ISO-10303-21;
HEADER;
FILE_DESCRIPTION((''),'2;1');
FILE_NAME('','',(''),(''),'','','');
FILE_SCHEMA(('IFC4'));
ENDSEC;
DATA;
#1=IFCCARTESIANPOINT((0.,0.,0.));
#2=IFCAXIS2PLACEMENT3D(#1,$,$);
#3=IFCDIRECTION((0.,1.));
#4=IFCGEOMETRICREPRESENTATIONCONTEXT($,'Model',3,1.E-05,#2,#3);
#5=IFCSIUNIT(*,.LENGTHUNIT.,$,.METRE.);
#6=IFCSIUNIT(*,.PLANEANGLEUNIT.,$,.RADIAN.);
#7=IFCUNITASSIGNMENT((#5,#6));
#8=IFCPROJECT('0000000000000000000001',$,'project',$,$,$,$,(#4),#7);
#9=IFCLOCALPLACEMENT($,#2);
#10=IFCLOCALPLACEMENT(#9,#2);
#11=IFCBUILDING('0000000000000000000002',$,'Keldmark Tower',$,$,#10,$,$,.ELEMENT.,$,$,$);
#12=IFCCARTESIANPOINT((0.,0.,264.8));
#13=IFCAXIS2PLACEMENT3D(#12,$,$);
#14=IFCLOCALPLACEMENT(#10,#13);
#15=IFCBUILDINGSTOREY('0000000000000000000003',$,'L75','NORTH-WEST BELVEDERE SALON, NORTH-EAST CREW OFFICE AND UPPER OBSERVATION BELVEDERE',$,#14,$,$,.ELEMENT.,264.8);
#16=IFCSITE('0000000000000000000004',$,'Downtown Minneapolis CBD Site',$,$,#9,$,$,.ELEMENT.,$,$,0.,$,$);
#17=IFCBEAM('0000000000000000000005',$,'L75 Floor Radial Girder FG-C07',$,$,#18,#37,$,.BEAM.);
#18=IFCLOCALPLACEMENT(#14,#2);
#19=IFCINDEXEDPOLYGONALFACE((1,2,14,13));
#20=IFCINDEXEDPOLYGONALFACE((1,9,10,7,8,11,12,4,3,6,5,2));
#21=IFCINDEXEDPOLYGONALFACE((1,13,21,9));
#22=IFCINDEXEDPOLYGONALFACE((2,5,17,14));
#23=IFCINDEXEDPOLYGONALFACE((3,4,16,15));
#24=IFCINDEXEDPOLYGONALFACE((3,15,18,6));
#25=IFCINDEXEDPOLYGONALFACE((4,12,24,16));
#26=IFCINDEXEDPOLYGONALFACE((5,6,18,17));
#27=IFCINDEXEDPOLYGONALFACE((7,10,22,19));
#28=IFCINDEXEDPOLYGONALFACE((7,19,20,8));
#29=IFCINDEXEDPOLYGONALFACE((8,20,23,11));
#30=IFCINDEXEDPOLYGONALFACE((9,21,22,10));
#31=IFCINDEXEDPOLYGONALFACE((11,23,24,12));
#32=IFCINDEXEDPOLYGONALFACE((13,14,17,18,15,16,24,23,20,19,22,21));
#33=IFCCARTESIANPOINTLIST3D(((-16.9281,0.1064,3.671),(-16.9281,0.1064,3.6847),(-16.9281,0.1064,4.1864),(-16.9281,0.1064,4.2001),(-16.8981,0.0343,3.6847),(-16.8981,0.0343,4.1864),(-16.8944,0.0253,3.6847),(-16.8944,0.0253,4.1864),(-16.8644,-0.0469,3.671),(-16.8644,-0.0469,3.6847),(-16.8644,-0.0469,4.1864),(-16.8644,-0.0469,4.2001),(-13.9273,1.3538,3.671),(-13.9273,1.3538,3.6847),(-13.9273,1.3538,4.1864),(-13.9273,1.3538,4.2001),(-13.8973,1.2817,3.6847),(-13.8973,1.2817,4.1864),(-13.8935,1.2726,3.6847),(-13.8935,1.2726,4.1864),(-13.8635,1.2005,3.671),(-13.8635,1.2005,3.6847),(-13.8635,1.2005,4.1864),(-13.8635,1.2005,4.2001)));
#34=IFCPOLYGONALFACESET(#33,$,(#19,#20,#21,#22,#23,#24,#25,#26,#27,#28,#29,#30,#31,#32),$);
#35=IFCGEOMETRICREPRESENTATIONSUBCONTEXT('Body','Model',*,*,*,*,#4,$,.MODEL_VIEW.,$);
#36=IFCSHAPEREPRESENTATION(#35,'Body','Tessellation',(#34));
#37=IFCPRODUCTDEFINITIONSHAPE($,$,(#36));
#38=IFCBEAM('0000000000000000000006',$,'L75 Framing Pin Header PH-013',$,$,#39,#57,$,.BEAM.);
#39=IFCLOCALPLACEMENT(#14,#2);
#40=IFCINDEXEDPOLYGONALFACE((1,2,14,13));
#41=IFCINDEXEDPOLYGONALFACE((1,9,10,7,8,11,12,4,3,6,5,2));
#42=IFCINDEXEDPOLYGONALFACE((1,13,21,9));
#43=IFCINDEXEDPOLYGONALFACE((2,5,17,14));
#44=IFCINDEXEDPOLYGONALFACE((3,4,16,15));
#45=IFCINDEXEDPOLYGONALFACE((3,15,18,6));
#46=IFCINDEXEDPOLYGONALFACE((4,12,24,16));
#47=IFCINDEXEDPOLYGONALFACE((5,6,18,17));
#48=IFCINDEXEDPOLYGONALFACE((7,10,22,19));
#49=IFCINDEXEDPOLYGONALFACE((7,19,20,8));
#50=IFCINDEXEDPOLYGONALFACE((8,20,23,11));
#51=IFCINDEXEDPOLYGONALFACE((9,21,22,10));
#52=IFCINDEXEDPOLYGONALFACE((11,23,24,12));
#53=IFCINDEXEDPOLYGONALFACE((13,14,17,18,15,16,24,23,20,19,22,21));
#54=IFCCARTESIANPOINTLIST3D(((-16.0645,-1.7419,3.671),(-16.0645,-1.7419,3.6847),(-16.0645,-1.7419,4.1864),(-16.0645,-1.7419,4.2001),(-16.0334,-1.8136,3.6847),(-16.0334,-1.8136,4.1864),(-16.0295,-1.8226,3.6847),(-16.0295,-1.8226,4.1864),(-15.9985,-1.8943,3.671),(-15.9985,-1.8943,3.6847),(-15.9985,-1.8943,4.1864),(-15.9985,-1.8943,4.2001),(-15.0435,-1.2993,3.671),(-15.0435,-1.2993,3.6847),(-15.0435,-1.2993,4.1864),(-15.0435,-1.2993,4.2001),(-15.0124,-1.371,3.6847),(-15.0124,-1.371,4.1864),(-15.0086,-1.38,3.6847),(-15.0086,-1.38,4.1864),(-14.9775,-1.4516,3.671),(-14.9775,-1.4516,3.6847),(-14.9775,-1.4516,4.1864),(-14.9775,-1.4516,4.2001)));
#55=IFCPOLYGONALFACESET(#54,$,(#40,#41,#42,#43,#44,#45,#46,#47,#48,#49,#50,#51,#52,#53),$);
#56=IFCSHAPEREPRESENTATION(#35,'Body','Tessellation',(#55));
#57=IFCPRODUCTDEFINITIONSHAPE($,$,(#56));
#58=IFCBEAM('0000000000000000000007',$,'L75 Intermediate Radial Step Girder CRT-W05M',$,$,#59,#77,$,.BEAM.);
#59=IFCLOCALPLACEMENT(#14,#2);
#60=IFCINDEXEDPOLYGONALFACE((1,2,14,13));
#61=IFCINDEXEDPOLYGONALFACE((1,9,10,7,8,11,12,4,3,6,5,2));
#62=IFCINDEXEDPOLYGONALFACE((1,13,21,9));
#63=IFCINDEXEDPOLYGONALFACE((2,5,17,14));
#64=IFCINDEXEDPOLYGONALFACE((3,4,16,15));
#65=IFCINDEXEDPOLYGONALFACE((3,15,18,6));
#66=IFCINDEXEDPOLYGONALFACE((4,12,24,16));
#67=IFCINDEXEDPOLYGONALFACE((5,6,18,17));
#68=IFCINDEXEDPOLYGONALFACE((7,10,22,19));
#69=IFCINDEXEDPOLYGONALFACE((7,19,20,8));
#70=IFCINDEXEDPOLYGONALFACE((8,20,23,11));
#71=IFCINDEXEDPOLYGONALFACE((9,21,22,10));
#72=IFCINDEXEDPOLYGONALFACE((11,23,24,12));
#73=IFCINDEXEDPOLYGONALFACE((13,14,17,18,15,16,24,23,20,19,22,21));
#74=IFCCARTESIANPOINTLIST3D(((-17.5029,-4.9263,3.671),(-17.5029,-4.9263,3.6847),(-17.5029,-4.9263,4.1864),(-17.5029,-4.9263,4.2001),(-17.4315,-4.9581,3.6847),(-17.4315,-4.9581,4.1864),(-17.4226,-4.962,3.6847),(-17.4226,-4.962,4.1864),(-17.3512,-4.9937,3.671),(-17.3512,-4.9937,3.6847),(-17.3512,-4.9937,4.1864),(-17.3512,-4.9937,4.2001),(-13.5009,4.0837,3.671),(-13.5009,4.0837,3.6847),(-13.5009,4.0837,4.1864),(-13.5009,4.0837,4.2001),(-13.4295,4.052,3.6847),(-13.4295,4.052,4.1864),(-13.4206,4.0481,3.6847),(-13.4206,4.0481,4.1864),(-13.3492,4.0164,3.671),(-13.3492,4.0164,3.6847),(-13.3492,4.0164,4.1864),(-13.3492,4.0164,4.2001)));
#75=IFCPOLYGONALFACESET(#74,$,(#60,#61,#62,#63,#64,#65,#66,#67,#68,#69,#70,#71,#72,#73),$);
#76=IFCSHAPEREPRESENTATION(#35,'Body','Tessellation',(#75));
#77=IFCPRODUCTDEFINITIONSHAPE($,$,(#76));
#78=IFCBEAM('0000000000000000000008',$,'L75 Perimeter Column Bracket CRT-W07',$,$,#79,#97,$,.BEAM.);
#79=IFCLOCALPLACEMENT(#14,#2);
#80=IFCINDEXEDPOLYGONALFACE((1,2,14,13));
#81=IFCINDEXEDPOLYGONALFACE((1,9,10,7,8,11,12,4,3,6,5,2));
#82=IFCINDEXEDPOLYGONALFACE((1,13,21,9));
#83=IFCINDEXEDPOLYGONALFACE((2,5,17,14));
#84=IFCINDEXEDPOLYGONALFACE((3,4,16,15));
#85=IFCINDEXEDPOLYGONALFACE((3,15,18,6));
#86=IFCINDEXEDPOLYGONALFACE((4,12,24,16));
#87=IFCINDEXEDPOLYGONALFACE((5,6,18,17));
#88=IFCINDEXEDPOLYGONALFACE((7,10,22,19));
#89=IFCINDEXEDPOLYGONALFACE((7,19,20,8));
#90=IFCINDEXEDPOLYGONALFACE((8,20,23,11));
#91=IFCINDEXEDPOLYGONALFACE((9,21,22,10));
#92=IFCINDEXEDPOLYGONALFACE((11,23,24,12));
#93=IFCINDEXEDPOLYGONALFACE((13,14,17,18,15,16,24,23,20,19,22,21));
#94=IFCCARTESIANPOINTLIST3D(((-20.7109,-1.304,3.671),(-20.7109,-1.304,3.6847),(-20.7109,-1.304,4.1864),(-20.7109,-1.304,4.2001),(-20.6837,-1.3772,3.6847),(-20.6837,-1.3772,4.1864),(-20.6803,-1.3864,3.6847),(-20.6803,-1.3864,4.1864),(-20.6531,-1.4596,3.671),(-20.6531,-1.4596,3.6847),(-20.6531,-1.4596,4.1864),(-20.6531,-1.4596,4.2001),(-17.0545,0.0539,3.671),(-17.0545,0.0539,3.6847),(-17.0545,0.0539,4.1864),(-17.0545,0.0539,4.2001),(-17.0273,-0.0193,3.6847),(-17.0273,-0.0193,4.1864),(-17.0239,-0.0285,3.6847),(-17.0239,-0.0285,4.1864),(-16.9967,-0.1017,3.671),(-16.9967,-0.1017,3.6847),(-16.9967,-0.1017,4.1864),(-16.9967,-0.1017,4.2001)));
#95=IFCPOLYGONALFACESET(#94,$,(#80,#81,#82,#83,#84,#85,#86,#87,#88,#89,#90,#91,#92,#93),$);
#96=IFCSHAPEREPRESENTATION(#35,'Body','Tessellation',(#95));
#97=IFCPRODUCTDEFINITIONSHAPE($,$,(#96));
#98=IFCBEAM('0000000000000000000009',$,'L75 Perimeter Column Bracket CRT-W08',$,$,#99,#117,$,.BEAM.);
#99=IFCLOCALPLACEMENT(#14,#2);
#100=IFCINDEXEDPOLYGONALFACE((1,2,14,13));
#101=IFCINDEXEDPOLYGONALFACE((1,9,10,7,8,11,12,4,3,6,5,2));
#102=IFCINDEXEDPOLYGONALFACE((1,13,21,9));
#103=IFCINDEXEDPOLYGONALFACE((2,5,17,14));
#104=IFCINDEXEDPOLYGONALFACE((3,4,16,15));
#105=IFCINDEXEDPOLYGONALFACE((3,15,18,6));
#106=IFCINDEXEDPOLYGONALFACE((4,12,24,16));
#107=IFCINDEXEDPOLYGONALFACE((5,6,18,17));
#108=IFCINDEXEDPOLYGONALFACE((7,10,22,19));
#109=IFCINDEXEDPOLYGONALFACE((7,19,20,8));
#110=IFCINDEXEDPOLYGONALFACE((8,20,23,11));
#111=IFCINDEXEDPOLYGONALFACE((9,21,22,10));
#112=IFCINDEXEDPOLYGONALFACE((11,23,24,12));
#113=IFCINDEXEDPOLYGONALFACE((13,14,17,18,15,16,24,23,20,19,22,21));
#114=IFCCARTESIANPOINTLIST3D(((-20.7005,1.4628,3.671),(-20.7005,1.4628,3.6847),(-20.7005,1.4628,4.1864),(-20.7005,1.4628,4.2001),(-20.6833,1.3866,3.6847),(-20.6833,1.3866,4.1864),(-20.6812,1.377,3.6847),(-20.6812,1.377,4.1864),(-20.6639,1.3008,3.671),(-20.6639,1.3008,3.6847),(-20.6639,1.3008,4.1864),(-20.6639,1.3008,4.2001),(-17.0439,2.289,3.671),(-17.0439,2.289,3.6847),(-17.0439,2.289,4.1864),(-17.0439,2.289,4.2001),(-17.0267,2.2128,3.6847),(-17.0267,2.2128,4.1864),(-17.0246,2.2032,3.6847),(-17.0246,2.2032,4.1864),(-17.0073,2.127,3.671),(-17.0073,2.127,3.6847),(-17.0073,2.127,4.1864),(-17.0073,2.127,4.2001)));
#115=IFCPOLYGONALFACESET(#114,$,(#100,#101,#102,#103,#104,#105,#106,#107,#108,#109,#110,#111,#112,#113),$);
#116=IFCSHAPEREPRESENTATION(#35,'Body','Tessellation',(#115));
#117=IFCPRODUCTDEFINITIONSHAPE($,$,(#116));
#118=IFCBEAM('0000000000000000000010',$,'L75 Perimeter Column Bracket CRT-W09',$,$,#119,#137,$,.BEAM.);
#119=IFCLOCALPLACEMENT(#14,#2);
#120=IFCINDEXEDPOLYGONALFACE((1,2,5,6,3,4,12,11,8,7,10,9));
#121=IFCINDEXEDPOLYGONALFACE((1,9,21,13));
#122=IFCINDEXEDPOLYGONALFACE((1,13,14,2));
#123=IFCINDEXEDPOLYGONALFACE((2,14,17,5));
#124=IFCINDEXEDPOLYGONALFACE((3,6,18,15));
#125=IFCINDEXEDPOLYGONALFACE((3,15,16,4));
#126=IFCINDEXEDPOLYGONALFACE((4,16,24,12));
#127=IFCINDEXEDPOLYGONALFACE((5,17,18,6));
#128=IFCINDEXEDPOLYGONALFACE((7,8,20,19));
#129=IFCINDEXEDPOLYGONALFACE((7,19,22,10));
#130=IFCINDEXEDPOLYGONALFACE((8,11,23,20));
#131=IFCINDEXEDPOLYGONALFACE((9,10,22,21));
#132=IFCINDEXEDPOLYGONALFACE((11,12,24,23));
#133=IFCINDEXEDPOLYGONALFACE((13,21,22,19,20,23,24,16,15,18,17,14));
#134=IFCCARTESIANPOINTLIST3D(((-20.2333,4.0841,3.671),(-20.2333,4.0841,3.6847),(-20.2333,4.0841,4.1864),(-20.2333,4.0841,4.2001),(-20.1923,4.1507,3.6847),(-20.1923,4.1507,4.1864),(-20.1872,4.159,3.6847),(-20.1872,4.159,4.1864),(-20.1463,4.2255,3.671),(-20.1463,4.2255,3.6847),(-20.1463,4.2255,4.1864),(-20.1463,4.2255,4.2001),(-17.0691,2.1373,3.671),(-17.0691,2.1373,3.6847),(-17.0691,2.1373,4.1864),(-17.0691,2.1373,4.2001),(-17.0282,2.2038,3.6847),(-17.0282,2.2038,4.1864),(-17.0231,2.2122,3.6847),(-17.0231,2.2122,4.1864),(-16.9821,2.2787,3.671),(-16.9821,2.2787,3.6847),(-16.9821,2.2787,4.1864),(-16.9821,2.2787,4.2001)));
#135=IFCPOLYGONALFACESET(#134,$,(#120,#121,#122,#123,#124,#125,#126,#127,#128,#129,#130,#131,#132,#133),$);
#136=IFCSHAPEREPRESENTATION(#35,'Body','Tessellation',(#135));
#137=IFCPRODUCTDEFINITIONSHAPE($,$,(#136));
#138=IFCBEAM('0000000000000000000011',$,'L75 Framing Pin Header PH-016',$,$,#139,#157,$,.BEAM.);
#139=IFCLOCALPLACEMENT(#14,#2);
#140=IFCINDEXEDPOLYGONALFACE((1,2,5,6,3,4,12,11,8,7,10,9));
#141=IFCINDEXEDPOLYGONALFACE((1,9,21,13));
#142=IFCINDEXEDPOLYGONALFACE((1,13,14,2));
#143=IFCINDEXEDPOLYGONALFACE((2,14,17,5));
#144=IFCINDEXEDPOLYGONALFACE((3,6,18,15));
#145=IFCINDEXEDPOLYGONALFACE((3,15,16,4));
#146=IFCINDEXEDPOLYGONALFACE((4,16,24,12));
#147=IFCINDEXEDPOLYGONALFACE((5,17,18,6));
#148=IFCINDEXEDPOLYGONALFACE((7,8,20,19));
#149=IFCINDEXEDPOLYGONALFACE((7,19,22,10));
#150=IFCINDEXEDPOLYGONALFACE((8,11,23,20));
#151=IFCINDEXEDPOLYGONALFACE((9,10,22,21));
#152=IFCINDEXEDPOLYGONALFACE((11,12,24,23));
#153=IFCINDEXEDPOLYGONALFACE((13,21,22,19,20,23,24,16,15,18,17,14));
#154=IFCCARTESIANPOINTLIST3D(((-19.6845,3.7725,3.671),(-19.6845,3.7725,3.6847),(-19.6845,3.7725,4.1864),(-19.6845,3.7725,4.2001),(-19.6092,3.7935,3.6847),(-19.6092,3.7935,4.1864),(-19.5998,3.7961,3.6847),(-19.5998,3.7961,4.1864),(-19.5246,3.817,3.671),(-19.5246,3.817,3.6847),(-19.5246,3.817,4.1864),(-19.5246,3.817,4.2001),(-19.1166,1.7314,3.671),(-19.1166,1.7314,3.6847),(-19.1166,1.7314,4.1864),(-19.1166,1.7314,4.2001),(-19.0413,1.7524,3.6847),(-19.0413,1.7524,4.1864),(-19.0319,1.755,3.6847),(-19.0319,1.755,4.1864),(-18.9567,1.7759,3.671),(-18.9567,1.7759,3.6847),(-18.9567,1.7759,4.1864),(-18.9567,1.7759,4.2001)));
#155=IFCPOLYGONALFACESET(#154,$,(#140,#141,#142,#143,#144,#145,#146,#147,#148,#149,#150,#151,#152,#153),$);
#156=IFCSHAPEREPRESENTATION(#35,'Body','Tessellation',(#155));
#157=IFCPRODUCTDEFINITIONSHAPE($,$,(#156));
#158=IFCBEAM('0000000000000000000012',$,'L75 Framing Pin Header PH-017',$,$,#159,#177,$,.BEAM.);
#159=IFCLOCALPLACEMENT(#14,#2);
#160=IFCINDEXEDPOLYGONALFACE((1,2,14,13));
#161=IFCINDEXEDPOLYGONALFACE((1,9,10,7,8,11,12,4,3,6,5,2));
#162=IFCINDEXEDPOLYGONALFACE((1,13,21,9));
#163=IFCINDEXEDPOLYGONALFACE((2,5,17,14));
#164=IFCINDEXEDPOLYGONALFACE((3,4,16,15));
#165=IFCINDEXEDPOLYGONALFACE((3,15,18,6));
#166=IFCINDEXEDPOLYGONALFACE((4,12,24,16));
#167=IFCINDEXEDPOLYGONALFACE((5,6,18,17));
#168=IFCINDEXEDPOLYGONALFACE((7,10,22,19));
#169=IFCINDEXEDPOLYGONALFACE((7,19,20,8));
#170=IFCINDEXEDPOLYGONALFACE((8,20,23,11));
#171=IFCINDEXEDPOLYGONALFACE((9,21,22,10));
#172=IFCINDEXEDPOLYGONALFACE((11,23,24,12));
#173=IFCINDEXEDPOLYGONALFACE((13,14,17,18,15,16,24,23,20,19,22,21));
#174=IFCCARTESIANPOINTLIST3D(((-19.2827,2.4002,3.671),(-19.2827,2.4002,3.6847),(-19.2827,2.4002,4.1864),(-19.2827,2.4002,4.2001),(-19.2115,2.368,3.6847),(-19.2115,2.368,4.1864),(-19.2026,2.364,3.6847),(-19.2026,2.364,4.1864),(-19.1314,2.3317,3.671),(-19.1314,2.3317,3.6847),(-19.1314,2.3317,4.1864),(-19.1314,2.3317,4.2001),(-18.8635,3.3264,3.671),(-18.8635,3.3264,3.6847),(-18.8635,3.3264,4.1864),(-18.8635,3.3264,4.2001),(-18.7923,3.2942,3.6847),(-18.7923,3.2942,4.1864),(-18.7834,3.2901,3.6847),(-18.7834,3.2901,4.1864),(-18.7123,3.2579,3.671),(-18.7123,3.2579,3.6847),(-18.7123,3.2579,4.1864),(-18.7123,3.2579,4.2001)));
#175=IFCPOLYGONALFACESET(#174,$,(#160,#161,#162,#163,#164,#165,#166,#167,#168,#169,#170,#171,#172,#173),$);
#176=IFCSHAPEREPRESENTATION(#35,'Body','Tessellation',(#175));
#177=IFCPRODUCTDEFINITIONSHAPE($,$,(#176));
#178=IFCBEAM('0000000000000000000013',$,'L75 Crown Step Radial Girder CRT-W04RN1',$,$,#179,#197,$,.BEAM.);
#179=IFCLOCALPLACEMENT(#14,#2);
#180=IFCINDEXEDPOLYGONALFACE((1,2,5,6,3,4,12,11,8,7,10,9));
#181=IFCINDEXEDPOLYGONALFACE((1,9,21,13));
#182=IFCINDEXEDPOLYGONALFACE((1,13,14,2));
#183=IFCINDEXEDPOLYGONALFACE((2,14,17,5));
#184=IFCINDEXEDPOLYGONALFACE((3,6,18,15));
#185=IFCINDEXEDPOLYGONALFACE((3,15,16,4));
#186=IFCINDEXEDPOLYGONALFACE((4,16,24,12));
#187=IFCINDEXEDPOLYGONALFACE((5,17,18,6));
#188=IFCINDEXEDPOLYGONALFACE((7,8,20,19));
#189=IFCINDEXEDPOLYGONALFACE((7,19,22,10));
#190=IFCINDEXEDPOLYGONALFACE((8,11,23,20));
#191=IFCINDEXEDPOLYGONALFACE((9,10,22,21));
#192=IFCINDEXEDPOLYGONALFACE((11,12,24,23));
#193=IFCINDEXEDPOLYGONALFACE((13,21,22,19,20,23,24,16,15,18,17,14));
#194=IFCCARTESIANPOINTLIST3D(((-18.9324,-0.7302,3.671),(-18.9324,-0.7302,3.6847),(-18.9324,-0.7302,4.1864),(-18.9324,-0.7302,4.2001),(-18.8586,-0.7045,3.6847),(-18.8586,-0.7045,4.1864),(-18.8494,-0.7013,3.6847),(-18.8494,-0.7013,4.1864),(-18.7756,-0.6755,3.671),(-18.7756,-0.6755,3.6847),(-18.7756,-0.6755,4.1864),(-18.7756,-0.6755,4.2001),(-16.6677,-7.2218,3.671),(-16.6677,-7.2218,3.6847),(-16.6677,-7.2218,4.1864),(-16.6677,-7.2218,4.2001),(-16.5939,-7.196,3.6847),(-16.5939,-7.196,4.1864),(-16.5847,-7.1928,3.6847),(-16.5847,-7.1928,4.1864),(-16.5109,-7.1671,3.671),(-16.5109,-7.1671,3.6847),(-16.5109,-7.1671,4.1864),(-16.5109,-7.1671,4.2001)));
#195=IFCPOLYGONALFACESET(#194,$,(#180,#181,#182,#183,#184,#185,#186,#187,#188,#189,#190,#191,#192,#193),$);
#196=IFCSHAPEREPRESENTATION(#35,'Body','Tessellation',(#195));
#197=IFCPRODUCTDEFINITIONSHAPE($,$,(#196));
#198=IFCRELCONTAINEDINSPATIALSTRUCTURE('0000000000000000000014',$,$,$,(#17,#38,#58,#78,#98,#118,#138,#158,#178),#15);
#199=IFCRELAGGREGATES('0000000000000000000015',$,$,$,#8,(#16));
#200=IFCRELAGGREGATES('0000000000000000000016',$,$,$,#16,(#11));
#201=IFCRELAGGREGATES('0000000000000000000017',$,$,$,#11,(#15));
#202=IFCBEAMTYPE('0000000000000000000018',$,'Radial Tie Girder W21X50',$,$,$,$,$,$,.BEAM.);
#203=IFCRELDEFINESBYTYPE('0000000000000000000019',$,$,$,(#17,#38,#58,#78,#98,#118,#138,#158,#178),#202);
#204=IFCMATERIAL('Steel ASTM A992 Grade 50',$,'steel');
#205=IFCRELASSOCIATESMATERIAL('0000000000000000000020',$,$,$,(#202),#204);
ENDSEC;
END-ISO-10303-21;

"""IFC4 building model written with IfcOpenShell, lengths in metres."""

from ifc_helpers import new_model, si_unit, direction, frame, origin, origin_2d, place, context, subcontext, project, spatial, i_section, extrude, material, material_profile, profile_set, type_object, element, save


model = new_model("IFC4")

# Units and contexts
model_context = context("Model", 3, precision=1e-05, world=origin(), true_north=direction((0.0, 1.0)))
body_context = subcontext(model_context, "Body", "Model", "MODEL_VIEW")
ifc_project = project(units=[si_unit("LENGTHUNIT", "METRE"), si_unit("PLANEANGLEUNIT", "RADIAN")], contexts=[model_context])

# Site, building, storey
site_placement = place(None, origin())
site = spatial("IfcSite", under=ifc_project, at=site_placement, Name="Downtown Minneapolis CBD Site", CompositionType="ELEMENT", RefElevation=0.0)
building_placement = place(site_placement, origin())
building = spatial("IfcBuilding", under=site, at=building_placement, Name="Keldmark Tower", CompositionType="ELEMENT")
storey_placement = place(building_placement, frame((0.0, 0.0, 264.8)))
storey = spatial("IfcBuildingStorey", under=building, at=storey_placement, Name="L75", Description="NORTH-WEST BELVEDERE SALON, NORTH-EAST CREW OFFICE AND UPPER OBSERVATION BELVEDERE", CompositionType="ELEMENT", Elevation=264.8)

# Beams
ifc_material_1 = material(Name="Steel ASTM A992 Grade 50", Category="steel")
ifc_material_profile_1 = material_profile(ifc_material_1, i_section(OverallWidth=0.166, OverallDepth=0.5291, WebThickness=0.0098, FlangeThickness=0.0137, at=origin_2d()), Name="W21X50")
ifc_profile_set_1 = profile_set([ifc_material_profile_1], Name="Steel ASTM A992 Grade 50")
beam_type_1 = type_object("IfcBeamType", Name="Radial Tie Girder W21X50", PredefinedType="BEAM", material=ifc_profile_set_1)
beam_1_placement = place(storey_placement, frame((-16.8962, 0.0298, 3.9355), z_axis=(0.923403, 0.383831, 0.0), x_axis=(-0.383831, 0.923403, 0.0)))
element("IfcBeam", 1, at=beam_1_placement, inside=storey, type_object=beam_type_1, Name="L75 Floor Radial Girder FG-C07", PredefinedType="BEAM", context=body_context, shape_type="SweptSolid", body=[
    extrude(i_section(OverallWidth=0.166, OverallDepth=0.5291, WebThickness=0.0098, FlangeThickness=0.0137, at=origin_2d()), origin(), (0.0, 0.0, 1.0), 3.2498),
])
beam_2_placement = place(storey_placement, frame((-15.0105, -1.3755, 3.9355), z_axis=(-0.917492, -0.397755, 0.0), x_axis=(0.397755, -0.917492, 0.0)))
element("IfcBeam", 2, at=beam_2_placement, inside=storey, type_object=beam_type_1, Name="L75 Framing Pin Header PH-013", PredefinedType="BEAM", context=body_context, shape_type="SweptSolid", body=[
    extrude(i_section(OverallWidth=0.166, OverallDepth=0.5291, WebThickness=0.0098, FlangeThickness=0.0137, at=origin_2d()), origin(), (0.0, 0.0, 1.0), 1.1128),
])
beam_3_placement = place(storey_placement, frame((-13.425, 4.05, 3.9355), z_axis=(-0.405927, -0.913905, 0.0), x_axis=(0.913905, -0.405927, 0.0)))
element("IfcBeam", 3, at=beam_3_placement, inside=storey, type_object=beam_type_1, Name="L75 Intermediate Radial Step Girder CRT-W05M", PredefinedType="BEAM", context=body_context, shape_type="SweptSolid", body=[
    extrude(i_section(OverallWidth=0.166, OverallDepth=0.5291, WebThickness=0.0098, FlangeThickness=0.0137, at=origin_2d()), origin(), (0.0, 0.0, 1.0), 9.8589),
])
beam_4_placement = place(storey_placement, frame((-17.0256, -0.0239, 3.9355), z_axis=(-0.937443, -0.348138, 0.0), x_axis=(0.348138, -0.937443, 0.0)))
element("IfcBeam", 4, at=beam_4_placement, inside=storey, type_object=beam_type_1, Name="L75 Perimeter Column Bracket CRT-W07", PredefinedType="BEAM", context=body_context, shape_type="SweptSolid", body=[
    extrude(i_section(OverallWidth=0.166, OverallDepth=0.5291, WebThickness=0.0098, FlangeThickness=0.0137, at=origin_2d()), origin(), (0.0, 0.0, 1.0), 3.9004),
])
beam_5_placement = place(storey_placement, frame((-17.0256, 2.208, 3.9355), z_axis=(-0.975412, -0.220391, 0.0), x_axis=(0.220391, -0.975412, 0.0)))
element("IfcBeam", 5, at=beam_5_placement, inside=storey, type_object=beam_type_1, Name="L75 Perimeter Column Bracket CRT-W08", PredefinedType="BEAM", context=body_context, shape_type="SweptSolid", body=[
    extrude(i_section(OverallWidth=0.166, OverallDepth=0.5291, WebThickness=0.0098, FlangeThickness=0.0137, at=origin_2d()), origin(), (0.0, 0.0, 1.0), 3.7488),
])
beam_6_placement = place(storey_placement, frame((-17.0256, 2.208, 3.9355), z_axis=(-0.851699, 0.524031, 0.0), x_axis=(-0.524031, -0.851699, 0.0)))
element("IfcBeam", 6, at=beam_6_placement, inside=storey, type_object=beam_type_1, Name="L75 Perimeter Column Bracket CRT-W09", PredefinedType="BEAM", context=body_context, shape_type="SweptSolid", body=[
    extrude(i_section(OverallWidth=0.166, OverallDepth=0.5291, WebThickness=0.0098, FlangeThickness=0.0137, at=origin_2d()), origin(), (0.0, 0.0, 1.0), 3.7151),
])
beam_7_placement = place(storey_placement, frame((-19.0366, 1.7537, 3.9355), z_axis=(-0.268048, 0.963406, 0.0), x_axis=(-0.963406, -0.268048, 0.0)))
element("IfcBeam", 7, at=beam_7_placement, inside=storey, type_object=beam_type_1, Name="L75 Framing Pin Header PH-016", PredefinedType="BEAM", context=body_context, shape_type="SweptSolid", body=[
    extrude(i_section(OverallWidth=0.166, OverallDepth=0.5291, WebThickness=0.0098, FlangeThickness=0.0137, at=origin_2d()), origin(), (0.0, 0.0, 1.0), 2.1187),
])
beam_8_placement = place(storey_placement, frame((-19.207, 2.366, 3.9355), z_axis=(0.412301, 0.911048, 0.0), x_axis=(-0.911048, 0.412301, 0.0)))
element("IfcBeam", 8, at=beam_8_placement, inside=storey, type_object=beam_type_1, Name="L75 Framing Pin Header PH-017", PredefinedType="BEAM", context=body_context, shape_type="SweptSolid", body=[
    extrude(i_section(OverallWidth=0.166, OverallDepth=0.5291, WebThickness=0.0098, FlangeThickness=0.0137, at=origin_2d()), origin(), (0.0, 0.0, 1.0), 1.0166),
])
beam_9_placement = place(storey_placement, frame((-18.854, -0.7029, 3.9355), z_axis=(0.329396, -0.944192, 0.0), x_axis=(0.944192, 0.329396, 0.0)))
element("IfcBeam", 9, at=beam_9_placement, inside=storey, type_object=beam_type_1, Name="L75 Crown Step Radial Girder CRT-W04RN1", PredefinedType="BEAM", context=body_context, shape_type="SweptSolid", body=[
    extrude(i_section(OverallWidth=0.166, OverallDepth=0.5291, WebThickness=0.0098, FlangeThickness=0.0137, at=origin_2d()), origin(), (0.0, 0.0, 1.0), 6.8752),
])

save(model, "model.ifc")
